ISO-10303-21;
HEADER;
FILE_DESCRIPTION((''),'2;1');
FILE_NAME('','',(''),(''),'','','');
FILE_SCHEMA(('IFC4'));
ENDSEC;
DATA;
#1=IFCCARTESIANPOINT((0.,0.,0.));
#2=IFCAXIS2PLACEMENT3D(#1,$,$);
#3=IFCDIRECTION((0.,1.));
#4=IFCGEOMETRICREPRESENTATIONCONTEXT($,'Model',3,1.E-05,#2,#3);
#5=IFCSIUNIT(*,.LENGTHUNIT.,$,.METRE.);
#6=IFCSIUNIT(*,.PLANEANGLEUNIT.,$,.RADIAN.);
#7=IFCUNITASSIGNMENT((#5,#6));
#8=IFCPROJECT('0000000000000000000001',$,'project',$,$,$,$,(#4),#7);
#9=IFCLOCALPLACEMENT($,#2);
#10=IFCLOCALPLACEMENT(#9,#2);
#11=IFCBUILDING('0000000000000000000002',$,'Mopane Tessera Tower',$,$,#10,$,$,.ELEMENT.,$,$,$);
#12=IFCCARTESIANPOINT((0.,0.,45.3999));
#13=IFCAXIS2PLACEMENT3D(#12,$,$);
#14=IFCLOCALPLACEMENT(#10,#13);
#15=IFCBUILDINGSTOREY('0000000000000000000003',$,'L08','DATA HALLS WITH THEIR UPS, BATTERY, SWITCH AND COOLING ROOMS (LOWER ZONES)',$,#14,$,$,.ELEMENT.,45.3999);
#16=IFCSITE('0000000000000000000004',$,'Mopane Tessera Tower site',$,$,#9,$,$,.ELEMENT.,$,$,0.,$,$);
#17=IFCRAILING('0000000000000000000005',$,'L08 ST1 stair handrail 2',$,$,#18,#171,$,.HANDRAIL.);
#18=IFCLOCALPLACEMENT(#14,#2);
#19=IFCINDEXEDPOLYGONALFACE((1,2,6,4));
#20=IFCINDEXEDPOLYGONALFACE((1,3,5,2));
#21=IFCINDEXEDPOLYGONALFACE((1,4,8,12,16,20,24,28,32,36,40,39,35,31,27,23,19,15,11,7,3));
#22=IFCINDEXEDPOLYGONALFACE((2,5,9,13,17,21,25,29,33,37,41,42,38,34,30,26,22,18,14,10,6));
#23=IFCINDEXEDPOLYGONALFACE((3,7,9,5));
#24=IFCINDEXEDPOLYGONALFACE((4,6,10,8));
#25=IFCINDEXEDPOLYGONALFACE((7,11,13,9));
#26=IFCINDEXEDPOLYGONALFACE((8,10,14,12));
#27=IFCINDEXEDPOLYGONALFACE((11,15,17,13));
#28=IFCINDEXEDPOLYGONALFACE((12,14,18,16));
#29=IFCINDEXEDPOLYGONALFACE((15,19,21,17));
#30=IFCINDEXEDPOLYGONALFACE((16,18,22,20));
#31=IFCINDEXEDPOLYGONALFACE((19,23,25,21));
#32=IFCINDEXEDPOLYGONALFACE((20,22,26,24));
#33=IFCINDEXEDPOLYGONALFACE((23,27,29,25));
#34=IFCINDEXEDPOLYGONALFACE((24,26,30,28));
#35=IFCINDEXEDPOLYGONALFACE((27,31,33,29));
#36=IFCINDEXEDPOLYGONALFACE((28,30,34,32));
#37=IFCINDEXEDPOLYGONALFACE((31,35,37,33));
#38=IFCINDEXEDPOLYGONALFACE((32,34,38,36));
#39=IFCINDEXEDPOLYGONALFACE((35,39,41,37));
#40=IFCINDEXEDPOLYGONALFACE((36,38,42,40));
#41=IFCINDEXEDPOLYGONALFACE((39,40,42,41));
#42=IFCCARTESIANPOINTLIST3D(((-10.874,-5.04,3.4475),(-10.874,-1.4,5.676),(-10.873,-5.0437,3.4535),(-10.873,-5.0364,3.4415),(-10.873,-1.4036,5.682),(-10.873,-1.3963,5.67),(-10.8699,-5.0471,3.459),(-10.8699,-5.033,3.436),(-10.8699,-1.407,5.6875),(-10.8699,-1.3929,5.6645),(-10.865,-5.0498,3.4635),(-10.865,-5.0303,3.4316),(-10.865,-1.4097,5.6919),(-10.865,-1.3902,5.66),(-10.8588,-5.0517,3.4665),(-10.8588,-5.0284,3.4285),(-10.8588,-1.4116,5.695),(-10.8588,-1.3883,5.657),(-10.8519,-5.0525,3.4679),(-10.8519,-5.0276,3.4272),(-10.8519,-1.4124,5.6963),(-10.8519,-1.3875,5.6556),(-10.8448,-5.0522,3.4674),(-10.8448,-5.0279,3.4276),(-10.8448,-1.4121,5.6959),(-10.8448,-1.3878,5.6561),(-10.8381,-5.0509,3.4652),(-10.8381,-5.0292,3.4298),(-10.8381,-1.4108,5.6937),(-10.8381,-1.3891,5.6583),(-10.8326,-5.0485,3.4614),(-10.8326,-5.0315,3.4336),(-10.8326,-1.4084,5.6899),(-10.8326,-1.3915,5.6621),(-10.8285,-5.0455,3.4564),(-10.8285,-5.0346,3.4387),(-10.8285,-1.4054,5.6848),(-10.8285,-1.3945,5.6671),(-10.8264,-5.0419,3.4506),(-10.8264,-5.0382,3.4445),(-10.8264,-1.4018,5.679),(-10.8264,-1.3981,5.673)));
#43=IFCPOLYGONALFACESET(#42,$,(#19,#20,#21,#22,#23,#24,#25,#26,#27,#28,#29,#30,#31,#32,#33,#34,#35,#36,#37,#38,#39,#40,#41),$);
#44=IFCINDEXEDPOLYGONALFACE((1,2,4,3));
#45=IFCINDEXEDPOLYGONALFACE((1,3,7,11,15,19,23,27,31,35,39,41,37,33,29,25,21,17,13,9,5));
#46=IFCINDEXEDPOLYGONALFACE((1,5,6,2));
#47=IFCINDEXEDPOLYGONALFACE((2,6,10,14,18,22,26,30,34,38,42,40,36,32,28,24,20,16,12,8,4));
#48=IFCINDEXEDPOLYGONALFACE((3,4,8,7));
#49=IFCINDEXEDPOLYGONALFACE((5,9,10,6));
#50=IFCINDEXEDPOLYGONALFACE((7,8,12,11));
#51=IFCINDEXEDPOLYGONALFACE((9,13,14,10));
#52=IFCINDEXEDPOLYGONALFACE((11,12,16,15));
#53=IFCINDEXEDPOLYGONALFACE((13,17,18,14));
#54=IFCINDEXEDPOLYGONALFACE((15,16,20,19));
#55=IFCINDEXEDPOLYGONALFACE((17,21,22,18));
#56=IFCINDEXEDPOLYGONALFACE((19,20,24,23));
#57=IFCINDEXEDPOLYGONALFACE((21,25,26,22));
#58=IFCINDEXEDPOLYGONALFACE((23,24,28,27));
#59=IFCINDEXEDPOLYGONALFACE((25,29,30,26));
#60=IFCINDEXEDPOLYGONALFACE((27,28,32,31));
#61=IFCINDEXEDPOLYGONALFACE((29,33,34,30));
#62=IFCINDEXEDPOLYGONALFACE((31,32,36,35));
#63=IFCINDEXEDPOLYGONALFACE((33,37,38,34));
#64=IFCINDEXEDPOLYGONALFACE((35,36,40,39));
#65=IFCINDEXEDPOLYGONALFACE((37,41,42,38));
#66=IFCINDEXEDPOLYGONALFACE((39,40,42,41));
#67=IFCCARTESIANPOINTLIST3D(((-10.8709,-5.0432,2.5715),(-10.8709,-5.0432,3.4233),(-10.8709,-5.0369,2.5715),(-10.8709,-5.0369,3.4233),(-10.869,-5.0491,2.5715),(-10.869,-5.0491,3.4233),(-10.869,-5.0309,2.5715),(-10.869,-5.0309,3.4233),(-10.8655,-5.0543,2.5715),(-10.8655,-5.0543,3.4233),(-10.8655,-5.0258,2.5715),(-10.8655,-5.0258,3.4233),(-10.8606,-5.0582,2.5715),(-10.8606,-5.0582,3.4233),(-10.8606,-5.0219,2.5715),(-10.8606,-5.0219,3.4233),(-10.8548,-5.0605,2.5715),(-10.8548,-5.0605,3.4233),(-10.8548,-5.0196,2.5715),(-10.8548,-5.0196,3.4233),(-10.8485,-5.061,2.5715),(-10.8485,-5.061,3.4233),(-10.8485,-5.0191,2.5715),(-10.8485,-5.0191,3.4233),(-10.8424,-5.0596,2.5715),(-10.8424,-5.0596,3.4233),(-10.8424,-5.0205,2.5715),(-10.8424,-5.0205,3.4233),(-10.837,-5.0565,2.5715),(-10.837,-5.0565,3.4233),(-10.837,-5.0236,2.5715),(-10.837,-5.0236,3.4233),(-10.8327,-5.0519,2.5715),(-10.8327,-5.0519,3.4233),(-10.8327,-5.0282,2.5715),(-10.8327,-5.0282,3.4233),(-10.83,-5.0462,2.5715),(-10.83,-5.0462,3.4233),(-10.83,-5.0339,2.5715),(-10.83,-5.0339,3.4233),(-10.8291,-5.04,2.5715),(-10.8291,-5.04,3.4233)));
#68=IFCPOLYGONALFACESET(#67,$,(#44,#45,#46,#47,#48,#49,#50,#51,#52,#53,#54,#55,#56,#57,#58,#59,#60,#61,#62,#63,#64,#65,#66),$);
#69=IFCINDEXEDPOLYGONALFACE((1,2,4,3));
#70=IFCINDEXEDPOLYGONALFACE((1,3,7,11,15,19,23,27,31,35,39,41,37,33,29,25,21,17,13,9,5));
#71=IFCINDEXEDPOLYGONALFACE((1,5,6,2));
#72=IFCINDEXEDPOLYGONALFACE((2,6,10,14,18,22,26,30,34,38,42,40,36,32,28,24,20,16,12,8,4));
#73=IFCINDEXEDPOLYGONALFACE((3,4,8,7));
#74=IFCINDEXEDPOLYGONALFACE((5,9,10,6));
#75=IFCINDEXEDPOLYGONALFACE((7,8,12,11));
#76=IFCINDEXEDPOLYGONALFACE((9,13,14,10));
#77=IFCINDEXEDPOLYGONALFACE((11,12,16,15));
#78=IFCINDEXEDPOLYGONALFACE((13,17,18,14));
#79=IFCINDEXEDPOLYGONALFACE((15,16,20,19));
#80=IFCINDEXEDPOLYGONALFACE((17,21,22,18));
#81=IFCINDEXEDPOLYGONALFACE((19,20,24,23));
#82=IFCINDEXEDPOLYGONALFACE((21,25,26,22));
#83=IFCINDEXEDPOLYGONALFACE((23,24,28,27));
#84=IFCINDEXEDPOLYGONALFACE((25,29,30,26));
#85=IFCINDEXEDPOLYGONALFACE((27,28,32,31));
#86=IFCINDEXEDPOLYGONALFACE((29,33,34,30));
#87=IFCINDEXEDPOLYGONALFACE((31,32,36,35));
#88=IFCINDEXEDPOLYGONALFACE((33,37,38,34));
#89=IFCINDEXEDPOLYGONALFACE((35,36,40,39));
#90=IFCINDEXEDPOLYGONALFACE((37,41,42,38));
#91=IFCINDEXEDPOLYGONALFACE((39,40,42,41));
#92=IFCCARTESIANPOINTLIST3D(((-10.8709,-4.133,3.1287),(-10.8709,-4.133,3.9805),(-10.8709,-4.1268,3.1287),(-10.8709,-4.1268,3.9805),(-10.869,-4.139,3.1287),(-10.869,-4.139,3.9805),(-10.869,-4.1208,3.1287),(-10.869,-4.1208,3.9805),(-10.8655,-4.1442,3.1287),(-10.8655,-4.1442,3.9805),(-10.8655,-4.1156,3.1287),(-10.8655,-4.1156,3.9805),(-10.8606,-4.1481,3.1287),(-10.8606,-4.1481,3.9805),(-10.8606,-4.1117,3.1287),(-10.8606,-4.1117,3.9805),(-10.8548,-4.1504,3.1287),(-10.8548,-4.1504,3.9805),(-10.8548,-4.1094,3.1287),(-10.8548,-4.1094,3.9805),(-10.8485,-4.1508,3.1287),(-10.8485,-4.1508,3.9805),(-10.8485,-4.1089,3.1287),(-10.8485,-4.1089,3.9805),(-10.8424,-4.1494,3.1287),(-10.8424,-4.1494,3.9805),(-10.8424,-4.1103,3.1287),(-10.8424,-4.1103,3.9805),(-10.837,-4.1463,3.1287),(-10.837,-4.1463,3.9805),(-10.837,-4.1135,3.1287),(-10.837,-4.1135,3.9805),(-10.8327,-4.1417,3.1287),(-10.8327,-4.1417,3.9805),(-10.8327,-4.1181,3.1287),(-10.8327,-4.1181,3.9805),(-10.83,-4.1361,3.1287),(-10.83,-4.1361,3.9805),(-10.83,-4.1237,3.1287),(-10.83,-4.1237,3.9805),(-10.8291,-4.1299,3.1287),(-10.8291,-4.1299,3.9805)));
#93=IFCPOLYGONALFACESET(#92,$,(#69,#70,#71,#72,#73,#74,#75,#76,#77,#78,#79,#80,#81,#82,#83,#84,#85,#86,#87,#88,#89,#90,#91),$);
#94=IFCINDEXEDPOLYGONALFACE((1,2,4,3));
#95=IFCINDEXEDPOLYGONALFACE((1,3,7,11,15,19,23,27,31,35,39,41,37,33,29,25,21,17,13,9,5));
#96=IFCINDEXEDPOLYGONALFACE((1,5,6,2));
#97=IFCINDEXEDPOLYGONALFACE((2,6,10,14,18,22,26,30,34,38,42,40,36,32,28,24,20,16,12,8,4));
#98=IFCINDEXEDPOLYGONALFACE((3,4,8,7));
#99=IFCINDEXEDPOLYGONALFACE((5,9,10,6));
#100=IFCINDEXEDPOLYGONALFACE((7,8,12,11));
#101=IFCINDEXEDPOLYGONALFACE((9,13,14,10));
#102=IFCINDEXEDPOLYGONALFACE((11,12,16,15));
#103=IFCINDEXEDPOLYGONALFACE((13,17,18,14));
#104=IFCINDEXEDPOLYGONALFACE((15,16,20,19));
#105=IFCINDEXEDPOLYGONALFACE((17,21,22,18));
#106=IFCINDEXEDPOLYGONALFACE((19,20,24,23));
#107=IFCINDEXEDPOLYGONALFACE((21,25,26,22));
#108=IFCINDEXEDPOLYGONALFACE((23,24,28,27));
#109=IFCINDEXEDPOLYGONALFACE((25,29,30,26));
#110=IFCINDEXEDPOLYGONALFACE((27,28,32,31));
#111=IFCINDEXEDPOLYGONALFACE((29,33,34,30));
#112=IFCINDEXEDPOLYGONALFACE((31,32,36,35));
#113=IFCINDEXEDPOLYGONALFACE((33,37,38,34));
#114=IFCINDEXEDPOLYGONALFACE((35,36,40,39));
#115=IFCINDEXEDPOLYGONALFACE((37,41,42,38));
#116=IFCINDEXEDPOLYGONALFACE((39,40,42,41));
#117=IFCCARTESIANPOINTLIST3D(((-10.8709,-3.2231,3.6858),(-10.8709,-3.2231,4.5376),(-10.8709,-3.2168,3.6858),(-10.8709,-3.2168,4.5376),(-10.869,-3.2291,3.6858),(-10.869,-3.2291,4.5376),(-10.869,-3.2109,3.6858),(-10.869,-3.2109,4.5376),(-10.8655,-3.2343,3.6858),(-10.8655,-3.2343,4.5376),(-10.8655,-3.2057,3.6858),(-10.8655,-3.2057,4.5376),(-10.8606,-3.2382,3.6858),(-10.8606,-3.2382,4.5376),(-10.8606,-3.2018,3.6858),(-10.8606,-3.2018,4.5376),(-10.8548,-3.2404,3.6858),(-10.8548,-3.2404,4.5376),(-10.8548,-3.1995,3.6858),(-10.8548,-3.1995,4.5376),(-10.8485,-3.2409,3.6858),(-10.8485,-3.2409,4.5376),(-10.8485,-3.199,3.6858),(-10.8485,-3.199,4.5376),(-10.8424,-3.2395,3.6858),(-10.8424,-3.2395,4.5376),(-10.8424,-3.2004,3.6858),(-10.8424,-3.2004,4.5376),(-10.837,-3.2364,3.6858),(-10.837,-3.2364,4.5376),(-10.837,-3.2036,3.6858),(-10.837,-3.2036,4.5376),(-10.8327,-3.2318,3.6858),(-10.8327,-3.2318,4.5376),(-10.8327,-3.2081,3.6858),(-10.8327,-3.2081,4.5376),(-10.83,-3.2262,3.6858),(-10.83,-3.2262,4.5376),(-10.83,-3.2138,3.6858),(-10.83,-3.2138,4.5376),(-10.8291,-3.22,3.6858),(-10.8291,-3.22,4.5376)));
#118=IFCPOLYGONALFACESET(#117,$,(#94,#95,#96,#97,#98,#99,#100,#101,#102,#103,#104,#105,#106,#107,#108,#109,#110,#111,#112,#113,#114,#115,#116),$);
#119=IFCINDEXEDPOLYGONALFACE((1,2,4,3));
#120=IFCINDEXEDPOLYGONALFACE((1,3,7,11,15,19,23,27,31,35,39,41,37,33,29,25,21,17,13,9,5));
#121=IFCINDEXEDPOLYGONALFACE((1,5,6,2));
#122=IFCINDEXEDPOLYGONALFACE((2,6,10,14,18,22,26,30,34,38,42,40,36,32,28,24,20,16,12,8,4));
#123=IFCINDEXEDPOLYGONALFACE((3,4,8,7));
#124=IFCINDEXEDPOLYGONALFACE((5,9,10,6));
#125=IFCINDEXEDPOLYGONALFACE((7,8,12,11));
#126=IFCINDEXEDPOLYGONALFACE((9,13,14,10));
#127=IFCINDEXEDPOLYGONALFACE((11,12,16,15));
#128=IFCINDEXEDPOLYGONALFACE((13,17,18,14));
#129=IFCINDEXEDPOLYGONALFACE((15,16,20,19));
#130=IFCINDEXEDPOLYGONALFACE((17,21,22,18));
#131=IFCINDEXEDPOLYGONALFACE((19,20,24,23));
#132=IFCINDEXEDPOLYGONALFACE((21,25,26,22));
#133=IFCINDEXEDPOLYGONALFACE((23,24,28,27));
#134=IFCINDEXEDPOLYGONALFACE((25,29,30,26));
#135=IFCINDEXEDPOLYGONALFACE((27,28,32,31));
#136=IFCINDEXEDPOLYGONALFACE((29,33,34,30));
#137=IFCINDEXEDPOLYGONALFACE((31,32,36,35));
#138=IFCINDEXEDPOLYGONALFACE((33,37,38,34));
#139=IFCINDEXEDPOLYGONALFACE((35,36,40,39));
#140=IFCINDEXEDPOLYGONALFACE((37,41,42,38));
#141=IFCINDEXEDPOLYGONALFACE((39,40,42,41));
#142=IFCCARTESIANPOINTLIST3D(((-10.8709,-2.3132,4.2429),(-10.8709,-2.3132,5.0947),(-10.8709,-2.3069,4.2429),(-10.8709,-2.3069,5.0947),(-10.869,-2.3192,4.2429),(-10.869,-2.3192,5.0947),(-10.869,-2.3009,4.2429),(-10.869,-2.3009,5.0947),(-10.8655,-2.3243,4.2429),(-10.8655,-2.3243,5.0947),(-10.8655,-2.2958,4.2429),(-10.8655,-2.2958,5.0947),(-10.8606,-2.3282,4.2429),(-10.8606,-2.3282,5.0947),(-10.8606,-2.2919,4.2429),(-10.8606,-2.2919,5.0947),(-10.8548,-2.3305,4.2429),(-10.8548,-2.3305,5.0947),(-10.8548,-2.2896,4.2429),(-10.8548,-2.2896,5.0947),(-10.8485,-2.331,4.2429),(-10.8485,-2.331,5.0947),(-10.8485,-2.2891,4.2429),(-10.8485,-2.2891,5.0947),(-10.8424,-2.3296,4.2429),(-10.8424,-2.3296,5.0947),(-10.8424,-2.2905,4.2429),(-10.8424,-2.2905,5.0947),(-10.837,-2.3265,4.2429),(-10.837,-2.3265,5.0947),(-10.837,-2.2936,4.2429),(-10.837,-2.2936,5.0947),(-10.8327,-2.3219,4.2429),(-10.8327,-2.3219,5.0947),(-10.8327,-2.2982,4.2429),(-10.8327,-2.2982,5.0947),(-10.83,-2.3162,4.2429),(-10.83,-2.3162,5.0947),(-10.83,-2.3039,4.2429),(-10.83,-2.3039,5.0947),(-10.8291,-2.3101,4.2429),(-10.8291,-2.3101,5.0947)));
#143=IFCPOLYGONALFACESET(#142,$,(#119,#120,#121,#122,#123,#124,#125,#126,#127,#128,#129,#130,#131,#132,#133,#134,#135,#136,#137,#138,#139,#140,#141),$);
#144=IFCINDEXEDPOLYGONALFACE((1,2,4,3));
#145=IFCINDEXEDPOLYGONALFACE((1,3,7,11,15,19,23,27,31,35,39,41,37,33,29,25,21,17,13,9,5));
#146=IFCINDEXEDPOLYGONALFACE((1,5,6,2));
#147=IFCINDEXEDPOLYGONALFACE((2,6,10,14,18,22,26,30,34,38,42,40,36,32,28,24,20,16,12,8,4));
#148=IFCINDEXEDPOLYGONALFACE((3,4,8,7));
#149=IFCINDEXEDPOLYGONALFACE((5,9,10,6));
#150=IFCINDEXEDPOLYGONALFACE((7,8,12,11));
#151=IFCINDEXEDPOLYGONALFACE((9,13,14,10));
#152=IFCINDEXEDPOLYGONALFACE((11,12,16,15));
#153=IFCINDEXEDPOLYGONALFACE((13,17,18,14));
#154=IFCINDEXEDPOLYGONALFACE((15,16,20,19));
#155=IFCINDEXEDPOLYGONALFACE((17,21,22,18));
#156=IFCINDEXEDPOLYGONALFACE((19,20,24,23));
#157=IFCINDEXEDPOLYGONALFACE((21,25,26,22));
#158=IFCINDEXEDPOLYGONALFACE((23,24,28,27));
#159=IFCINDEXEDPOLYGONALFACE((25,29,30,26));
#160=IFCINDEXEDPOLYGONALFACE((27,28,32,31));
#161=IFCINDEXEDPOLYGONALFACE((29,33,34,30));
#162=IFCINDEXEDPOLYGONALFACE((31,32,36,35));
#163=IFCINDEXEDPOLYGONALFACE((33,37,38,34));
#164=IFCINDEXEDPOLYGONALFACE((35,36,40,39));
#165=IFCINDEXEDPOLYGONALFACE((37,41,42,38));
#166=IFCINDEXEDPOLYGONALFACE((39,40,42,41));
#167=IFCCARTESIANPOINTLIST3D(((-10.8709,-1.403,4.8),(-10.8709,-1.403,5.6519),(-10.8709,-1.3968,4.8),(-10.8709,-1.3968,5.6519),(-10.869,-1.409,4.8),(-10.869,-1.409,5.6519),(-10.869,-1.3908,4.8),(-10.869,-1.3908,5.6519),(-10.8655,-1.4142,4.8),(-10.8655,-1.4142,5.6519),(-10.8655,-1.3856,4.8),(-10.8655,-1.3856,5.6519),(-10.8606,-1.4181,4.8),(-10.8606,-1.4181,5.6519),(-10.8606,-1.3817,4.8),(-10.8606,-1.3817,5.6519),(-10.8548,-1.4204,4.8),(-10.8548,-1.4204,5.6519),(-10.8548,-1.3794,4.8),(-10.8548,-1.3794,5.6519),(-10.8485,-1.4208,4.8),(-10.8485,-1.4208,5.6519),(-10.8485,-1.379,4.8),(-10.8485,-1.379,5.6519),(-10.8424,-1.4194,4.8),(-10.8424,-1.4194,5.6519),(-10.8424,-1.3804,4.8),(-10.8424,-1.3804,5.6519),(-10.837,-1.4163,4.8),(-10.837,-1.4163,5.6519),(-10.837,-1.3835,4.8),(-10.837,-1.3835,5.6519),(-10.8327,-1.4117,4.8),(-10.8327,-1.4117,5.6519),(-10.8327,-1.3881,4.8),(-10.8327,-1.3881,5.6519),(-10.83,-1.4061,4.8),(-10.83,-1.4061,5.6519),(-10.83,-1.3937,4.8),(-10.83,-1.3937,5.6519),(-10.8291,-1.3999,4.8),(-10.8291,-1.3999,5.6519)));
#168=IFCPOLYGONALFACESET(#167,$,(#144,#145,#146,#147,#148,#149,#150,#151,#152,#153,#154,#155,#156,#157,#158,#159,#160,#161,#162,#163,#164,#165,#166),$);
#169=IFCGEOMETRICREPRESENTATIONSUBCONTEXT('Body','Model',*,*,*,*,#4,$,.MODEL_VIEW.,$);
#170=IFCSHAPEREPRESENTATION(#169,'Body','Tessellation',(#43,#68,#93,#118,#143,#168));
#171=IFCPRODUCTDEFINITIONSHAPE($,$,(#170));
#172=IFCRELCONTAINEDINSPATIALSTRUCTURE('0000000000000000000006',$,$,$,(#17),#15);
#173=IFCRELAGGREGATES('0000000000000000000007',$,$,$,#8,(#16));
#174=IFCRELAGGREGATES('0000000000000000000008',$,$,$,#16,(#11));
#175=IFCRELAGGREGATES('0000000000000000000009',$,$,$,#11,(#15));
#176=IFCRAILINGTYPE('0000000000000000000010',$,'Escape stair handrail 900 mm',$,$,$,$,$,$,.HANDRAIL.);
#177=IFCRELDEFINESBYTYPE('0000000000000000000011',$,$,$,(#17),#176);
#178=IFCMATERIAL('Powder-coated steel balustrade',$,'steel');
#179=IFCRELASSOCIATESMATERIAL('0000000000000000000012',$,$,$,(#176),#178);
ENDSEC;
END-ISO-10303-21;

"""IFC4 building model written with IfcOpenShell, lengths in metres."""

from ifc_helpers import new_model, si_unit, direction, frame, origin, origin_2d, place, context, subcontext, project, spatial, circle, extrude, material, type_object, element, save


model = new_model("IFC4")

# Units and contexts
model_context = context("Model", 3, precision=1e-05, world=origin(), true_north=direction((0.0, 1.0)))
body_context = subcontext(model_context, "Body", "Model", "MODEL_VIEW")
ifc_project = project(units=[si_unit("LENGTHUNIT", "METRE"), si_unit("PLANEANGLEUNIT", "RADIAN")], contexts=[model_context])

# Site, building, storey
site_placement = place(None, origin())
site = spatial("IfcSite", under=ifc_project, at=site_placement, Name="Mopane Tessera Tower site", CompositionType="ELEMENT", RefElevation=0.0)
building_placement = place(site_placement, origin())
building = spatial("IfcBuilding", under=site, at=building_placement, Name="Mopane Tessera Tower", CompositionType="ELEMENT")
storey_placement = place(building_placement, frame((0.0, 0.0, 45.3999)))
storey = spatial("IfcBuildingStorey", under=building, at=storey_placement, Name="L08", Description="DATA HALLS WITH THEIR UPS, BATTERY, SWITCH AND COOLING ROOMS (LOWER ZONES)", CompositionType="ELEMENT", Elevation=45.3999)

# Railing
ifc_material_1 = material(Name="Powder-coated steel balustrade", Category="steel")
railing_type_1 = type_object("IfcRailingType", Name="Escape stair handrail 900 mm", PredefinedType="HANDRAIL", material=ifc_material_1)
railing_1_placement = place(storey_placement, frame((-10.8501, -5.04, 2.5715)))
element("IfcRailing", 1, at=railing_1_placement, inside=storey, type_object=railing_type_1, Name="L08 ST1 stair handrail 2", PredefinedType="HANDRAIL", context=body_context, shape_type="SweptSolid", body=[
    extrude(circle(Radius=0.0239, at=origin_2d()), frame((0.0, 0.0, 0.876), z_axis=(0.0, 0.852866, 0.52213), x_axis=(-1.0, 0.0, 0.0)), (0.0, 0.0, 1.0), 4.2681),
    extrude(circle(Radius=0.021, at=origin_2d()), origin(), (0.0, 0.0, 1.0), 0.8518),
    extrude(circle(Radius=0.021, at=origin_2d()), frame((0.0, 0.9102, 0.5571)), (0.0, 0.0, 1.0), 0.8518),
    extrude(circle(Radius=0.021, at=origin_2d()), frame((0.0, 1.8201, 1.1143)), (0.0, 0.0, 1.0), 0.8518),
    extrude(circle(Radius=0.021, at=origin_2d()), frame((0.0, 2.73, 1.6714)), (0.0, 0.0, 1.0), 0.8518),
    extrude(circle(Radius=0.021, at=origin_2d()), frame((0.0, 3.6401, 2.2285)), (0.0, 0.0, 1.0), 0.8518),
])

save(model, "model.ifc")
